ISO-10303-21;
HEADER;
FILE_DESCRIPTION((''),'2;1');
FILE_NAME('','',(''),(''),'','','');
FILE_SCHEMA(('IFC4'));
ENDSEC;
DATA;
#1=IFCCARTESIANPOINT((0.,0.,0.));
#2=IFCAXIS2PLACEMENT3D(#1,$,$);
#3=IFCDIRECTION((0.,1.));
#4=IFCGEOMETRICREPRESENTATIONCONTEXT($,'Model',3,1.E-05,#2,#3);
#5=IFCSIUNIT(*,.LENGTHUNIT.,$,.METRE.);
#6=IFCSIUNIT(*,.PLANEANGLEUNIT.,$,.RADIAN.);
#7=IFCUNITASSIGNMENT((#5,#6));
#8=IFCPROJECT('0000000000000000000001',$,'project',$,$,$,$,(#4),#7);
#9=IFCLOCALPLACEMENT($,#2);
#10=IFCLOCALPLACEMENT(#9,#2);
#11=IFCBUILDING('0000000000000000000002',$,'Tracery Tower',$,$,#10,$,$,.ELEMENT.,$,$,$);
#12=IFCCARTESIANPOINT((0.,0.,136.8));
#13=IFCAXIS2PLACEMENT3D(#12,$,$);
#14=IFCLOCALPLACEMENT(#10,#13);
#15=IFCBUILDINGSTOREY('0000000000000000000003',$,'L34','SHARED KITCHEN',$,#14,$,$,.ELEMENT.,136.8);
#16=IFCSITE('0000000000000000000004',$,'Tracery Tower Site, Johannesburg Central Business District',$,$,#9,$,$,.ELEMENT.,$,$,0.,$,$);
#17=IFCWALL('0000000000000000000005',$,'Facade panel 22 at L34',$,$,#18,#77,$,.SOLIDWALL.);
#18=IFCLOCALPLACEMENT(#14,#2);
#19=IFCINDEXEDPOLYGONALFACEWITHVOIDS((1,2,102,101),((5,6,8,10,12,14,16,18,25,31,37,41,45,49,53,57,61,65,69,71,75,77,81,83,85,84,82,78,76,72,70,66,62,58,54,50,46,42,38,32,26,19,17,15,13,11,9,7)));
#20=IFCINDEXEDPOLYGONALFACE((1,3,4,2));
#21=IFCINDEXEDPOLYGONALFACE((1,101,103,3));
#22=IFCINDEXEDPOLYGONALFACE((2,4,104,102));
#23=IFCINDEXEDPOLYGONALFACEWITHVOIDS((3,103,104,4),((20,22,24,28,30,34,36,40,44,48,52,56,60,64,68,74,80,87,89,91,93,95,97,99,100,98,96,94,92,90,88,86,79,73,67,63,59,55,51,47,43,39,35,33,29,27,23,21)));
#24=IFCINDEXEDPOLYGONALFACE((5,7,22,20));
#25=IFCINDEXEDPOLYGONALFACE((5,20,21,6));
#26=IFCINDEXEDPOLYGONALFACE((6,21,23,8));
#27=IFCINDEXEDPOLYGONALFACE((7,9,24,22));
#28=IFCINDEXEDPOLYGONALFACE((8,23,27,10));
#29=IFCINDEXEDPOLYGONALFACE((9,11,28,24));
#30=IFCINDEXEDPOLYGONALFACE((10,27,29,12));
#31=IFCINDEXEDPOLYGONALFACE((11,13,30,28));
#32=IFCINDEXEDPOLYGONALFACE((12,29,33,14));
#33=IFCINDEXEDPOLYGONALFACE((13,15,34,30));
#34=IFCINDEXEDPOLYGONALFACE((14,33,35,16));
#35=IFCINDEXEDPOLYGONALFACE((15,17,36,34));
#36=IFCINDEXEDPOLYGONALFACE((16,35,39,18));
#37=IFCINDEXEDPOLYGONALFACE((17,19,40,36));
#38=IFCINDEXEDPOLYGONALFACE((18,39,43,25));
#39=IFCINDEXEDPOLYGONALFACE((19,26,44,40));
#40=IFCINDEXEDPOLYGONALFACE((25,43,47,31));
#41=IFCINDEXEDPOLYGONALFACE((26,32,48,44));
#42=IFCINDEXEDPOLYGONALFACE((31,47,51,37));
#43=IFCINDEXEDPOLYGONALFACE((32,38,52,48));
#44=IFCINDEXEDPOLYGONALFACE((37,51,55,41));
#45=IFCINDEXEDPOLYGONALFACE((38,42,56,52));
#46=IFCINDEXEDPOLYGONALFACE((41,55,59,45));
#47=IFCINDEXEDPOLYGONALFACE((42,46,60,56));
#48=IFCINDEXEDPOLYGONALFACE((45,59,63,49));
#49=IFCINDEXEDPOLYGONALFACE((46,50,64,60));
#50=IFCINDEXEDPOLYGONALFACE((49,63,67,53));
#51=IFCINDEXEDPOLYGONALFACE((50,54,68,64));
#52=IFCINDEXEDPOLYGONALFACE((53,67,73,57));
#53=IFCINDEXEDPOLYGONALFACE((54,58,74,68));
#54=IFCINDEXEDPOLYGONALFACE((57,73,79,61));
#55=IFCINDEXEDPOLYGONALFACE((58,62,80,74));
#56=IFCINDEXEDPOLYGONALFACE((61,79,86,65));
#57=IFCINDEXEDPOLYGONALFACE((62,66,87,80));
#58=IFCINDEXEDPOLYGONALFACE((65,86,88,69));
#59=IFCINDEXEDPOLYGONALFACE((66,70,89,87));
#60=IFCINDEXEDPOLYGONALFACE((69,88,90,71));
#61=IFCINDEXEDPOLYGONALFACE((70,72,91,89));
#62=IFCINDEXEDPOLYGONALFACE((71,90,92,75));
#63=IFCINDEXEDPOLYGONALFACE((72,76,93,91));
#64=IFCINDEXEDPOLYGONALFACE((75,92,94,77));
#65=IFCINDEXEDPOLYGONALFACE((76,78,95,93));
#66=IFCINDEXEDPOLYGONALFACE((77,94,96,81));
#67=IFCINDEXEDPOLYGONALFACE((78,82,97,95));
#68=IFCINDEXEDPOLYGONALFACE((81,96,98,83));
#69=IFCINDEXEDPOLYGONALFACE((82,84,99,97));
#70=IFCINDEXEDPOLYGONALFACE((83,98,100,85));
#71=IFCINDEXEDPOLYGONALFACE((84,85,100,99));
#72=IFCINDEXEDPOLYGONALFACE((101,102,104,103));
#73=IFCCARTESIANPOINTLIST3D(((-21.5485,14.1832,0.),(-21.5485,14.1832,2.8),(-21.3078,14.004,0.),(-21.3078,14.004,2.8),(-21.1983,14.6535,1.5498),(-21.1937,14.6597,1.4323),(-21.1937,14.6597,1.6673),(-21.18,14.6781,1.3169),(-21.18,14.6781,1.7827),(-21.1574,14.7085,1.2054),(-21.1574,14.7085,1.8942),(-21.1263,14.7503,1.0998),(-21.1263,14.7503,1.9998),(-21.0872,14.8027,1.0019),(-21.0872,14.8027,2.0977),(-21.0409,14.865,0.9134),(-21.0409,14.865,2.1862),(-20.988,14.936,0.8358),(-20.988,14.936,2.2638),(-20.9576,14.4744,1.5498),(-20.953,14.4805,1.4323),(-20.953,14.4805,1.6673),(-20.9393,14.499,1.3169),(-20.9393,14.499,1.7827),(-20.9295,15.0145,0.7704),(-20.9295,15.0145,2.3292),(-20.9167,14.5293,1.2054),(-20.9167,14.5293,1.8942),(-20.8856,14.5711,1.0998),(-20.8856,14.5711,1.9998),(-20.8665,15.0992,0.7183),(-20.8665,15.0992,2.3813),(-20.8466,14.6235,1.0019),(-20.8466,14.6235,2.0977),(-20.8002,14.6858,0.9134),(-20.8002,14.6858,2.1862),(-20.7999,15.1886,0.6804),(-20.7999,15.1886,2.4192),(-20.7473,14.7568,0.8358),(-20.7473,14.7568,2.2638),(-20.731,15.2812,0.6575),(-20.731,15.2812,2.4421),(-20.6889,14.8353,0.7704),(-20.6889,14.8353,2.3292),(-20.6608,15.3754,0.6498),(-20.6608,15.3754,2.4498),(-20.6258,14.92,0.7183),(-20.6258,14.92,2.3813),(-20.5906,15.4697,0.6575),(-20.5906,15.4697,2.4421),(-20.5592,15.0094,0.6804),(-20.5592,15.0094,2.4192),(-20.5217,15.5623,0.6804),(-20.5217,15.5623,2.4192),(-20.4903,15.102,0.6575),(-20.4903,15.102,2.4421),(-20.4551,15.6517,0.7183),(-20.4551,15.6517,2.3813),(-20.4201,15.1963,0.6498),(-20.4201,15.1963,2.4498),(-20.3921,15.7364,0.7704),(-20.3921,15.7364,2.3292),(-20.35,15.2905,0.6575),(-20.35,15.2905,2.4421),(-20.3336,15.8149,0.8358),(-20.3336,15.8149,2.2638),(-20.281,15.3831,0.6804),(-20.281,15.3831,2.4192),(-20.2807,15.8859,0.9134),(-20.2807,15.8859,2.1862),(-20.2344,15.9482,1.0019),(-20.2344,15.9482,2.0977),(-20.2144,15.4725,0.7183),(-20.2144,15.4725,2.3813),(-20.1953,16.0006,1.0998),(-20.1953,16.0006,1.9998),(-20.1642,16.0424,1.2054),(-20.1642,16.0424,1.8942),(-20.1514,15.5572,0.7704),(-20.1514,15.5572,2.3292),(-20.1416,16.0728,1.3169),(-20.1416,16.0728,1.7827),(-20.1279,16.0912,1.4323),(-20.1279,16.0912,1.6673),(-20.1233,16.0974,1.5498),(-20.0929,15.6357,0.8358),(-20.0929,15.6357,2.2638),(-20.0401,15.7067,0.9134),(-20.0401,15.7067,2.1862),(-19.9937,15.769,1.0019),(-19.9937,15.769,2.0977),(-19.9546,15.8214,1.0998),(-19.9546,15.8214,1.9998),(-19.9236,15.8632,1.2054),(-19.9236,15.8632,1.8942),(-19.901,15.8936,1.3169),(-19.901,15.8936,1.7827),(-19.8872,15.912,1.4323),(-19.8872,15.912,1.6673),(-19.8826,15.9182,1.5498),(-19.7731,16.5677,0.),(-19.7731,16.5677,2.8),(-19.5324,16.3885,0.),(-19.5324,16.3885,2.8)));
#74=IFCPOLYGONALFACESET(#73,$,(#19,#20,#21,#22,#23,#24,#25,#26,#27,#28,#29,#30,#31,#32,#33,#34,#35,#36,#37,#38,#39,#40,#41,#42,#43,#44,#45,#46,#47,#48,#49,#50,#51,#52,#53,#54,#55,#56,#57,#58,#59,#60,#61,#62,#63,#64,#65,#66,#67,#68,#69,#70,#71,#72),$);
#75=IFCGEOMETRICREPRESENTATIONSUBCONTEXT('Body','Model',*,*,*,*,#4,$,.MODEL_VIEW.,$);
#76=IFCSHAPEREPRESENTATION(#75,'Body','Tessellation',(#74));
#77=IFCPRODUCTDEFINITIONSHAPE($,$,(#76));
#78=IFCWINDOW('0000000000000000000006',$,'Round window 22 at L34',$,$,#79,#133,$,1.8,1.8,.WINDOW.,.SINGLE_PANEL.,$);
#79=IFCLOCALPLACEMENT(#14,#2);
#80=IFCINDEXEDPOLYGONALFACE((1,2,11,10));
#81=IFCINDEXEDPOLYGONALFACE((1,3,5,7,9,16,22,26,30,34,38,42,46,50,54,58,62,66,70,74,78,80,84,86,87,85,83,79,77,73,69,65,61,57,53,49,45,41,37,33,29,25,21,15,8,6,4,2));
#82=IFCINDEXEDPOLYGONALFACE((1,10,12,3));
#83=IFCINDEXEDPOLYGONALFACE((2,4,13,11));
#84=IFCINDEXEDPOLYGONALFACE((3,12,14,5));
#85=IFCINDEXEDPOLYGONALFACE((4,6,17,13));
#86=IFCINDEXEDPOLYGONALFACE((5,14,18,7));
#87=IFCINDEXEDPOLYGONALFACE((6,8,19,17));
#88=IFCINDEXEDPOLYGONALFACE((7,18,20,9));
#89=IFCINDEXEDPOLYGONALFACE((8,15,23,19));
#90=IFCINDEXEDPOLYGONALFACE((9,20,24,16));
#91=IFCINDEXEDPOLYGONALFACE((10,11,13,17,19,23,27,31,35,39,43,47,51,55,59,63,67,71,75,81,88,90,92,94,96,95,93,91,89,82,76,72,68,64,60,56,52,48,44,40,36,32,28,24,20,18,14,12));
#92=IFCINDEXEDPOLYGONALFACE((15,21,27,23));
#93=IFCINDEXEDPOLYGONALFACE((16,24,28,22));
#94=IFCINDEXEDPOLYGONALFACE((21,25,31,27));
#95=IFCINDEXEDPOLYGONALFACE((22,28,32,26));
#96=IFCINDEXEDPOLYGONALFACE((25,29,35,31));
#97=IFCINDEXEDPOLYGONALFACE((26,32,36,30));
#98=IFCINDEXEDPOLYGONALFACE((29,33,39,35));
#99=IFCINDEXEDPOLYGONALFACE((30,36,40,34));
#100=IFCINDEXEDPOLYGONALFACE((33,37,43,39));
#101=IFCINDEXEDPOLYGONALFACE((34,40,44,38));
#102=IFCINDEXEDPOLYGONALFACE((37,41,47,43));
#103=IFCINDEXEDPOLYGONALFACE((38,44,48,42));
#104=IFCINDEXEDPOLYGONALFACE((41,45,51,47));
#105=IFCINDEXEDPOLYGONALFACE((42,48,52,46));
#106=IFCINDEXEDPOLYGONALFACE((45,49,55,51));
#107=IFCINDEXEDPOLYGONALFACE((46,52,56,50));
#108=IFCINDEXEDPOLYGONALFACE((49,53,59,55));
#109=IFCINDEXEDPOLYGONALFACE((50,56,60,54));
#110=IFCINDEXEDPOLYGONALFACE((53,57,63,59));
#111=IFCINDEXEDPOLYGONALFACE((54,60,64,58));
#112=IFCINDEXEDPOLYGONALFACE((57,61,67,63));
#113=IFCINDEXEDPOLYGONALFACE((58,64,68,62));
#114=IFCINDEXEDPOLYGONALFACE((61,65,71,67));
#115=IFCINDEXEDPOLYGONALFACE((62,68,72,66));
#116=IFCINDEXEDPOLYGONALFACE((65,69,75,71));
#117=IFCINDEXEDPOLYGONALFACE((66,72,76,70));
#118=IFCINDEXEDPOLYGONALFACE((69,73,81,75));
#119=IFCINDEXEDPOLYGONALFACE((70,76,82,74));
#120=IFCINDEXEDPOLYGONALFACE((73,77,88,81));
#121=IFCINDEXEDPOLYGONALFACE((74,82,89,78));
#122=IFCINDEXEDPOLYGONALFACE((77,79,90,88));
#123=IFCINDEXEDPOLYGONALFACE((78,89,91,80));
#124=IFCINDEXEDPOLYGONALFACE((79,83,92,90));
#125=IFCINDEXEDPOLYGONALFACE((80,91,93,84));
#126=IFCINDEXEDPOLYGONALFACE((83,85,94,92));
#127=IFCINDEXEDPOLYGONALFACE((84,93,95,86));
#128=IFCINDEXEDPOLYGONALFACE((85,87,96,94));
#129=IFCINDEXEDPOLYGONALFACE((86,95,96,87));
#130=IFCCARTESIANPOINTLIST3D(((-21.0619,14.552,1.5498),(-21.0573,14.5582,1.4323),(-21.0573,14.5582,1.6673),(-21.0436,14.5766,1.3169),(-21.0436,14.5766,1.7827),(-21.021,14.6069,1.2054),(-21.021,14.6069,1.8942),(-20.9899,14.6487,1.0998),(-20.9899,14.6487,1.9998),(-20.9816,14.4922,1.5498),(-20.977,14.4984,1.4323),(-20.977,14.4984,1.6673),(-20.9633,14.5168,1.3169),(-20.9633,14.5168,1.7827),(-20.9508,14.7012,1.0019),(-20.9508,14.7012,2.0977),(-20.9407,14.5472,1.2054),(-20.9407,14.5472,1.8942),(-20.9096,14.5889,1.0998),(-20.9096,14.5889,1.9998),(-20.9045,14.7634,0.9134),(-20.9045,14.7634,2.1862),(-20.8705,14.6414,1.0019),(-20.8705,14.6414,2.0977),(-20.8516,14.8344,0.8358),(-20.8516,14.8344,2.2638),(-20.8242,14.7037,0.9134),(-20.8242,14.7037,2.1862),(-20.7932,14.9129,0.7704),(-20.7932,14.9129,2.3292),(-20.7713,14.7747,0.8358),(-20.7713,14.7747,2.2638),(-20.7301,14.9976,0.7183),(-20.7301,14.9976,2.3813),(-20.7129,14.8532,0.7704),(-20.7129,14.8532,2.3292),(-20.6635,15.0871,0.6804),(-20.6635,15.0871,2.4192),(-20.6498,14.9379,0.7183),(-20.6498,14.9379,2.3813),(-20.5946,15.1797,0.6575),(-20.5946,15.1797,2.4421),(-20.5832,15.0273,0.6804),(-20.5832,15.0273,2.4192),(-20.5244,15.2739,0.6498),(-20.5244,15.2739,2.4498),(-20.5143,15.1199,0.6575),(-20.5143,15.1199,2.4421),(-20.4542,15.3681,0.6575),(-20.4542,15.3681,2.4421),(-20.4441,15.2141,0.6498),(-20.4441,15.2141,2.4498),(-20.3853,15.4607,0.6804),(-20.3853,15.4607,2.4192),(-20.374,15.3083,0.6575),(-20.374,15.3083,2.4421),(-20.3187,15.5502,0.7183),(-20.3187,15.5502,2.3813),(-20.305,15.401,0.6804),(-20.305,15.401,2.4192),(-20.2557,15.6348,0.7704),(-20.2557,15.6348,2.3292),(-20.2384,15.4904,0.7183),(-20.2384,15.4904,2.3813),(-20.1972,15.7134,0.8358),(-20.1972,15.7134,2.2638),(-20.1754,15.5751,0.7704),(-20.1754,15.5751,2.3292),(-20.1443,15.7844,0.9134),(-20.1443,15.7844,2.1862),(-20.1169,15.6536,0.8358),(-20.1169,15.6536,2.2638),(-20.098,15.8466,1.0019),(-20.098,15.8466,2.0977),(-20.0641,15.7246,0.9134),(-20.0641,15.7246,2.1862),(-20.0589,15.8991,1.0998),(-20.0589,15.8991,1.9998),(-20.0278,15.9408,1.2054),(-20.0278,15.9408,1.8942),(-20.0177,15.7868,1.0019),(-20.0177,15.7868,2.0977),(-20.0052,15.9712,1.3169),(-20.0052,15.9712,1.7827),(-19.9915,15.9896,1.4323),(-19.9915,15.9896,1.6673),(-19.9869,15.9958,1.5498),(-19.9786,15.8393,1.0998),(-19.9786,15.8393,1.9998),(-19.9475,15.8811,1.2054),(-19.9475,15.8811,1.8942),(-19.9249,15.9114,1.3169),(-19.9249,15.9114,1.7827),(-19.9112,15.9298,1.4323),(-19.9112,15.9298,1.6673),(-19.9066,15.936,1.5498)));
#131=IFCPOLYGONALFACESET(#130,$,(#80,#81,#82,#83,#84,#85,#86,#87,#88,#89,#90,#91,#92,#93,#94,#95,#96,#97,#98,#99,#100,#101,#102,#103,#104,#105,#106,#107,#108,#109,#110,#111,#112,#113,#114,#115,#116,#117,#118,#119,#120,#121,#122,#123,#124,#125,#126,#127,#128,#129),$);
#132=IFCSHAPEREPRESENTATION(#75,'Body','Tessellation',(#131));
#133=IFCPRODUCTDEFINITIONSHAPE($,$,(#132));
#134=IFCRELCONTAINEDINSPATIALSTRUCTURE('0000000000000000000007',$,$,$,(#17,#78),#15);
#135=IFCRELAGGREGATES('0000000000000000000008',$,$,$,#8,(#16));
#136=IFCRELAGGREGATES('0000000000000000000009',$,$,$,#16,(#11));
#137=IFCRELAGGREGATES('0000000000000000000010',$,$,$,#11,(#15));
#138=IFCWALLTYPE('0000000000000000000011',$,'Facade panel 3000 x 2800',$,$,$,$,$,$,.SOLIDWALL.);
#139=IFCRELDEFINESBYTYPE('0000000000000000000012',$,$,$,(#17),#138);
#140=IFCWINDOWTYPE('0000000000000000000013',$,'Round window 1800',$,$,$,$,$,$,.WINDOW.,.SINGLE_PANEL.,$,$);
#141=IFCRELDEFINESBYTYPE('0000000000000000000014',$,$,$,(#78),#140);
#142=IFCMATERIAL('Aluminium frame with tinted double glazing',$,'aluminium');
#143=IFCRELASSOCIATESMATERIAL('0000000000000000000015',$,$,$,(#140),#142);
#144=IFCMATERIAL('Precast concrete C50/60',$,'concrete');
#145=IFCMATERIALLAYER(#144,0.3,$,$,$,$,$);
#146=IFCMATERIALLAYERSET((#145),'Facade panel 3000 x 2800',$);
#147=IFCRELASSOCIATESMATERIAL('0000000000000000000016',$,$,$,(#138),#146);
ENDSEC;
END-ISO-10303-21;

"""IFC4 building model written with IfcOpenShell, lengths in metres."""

from ifc_helpers import new_model, si_unit, direction, frame, frame_2d, origin, origin_2d, place, context, subcontext, project, spatial, rectangle, circle, extrude, material, layer, layer_set, type_object, element, fill, save


model = new_model("IFC4")

# Units and contexts
model_context = context("Model", 3, precision=1e-05, world=origin(), true_north=direction((0.0, 1.0)))
body_context = subcontext(model_context, "Body", "Model", "MODEL_VIEW")
ifc_project = project(units=[si_unit("LENGTHUNIT", "METRE"), si_unit("PLANEANGLEUNIT", "RADIAN")], contexts=[model_context])

# Site, building, storey
site_placement = place(None, origin())
site = spatial("IfcSite", under=ifc_project, at=site_placement, Name="Tracery Tower Site, Johannesburg Central Business District", CompositionType="ELEMENT", RefElevation=0.0)
building_placement = place(site_placement, origin())
building = spatial("IfcBuilding", under=site, at=building_placement, Name="Tracery Tower", CompositionType="ELEMENT")
storey_placement = place(building_placement, frame((0.0, 0.0, 136.8)))
storey = spatial("IfcBuildingStorey", under=building, at=storey_placement, Name="L34", Description="SHARED KITCHEN", CompositionType="ELEMENT", Elevation=136.8)

# Wall, opening, window
ifc_material_1 = material(Name="Aluminium frame with tinted double glazing", Category="aluminium")
window_type = type_object("IfcWindowType", Name="Round window 1800", PartitioningType="SINGLE_PANEL", PredefinedType="WINDOW", material=ifc_material_1)
ifc_material_2 = material(Name="Precast concrete C50/60", Category="concrete")
ifc_layer_1 = layer(ifc_material_2, 0.3)
ifc_layer_set_1 = layer_set([ifc_layer_1], Name="Facade panel 3000 x 2800")
wall_type_1 = type_object("IfcWallType", Name="Facade panel 3000 x 2800", PredefinedType="SOLIDWALL", material=ifc_layer_set_1)
wall_1_placement = place(storey_placement, frame((-19.6528, 16.478, 0.0), z_axis=(0.0, 0.0, 1.0), x_axis=(-0.597198, -0.802094, 0.0)))
wall_1 = element("IfcWall", 1, at=wall_1_placement, inside=storey, type_object=wall_type_1, Name="Facade panel 22 at L34", PredefinedType="SOLIDWALL", context=body_context, shape_type="SweptSolid", body=[
    extrude(rectangle(XDim=2.9729, YDim=0.3, at=frame_2d((1.4863, 0.0))), origin(), (0.0, 0.0, 1.0), 2.8),
])
opening_1_placement = place(wall_1_placement, frame((1.4863, 0.0, 1.5498)))
opening_1 = element("IfcOpeningElement", 2, at=opening_1_placement, cuts=wall_1, PredefinedType="OPENING", context=body_context, shape_type="SweptSolid", body=[
    extrude(circle(Radius=0.9, at=origin_2d()), frame((0.0, 0.1599, 0.0), z_axis=(0.0, -1.0, 0.0), x_axis=(1.0, 0.0, 0.0)), (0.0, 0.0, 1.0), 0.3201),
])
window_1_placement = place(opening_1_placement, origin())
window_1 = element("IfcWindow", 3, at=window_1_placement, inside=storey, type_object=window_type, Name="Round window 22 at L34", OverallHeight=1.8, OverallWidth=1.8, PartitioningType="SINGLE_PANEL", PredefinedType="WINDOW", context=body_context, shape_type="SweptSolid", body=[
    extrude(circle(Radius=0.9, at=origin_2d()), frame((0.0, 0.1201, 0.0), z_axis=(0.0, -1.0, 0.0), x_axis=(1.0, 0.0, 0.0)), (0.0, 0.0, 1.0), 0.1001),
])
fill(opening_1, window_1)

save(model, "model.ifc")
